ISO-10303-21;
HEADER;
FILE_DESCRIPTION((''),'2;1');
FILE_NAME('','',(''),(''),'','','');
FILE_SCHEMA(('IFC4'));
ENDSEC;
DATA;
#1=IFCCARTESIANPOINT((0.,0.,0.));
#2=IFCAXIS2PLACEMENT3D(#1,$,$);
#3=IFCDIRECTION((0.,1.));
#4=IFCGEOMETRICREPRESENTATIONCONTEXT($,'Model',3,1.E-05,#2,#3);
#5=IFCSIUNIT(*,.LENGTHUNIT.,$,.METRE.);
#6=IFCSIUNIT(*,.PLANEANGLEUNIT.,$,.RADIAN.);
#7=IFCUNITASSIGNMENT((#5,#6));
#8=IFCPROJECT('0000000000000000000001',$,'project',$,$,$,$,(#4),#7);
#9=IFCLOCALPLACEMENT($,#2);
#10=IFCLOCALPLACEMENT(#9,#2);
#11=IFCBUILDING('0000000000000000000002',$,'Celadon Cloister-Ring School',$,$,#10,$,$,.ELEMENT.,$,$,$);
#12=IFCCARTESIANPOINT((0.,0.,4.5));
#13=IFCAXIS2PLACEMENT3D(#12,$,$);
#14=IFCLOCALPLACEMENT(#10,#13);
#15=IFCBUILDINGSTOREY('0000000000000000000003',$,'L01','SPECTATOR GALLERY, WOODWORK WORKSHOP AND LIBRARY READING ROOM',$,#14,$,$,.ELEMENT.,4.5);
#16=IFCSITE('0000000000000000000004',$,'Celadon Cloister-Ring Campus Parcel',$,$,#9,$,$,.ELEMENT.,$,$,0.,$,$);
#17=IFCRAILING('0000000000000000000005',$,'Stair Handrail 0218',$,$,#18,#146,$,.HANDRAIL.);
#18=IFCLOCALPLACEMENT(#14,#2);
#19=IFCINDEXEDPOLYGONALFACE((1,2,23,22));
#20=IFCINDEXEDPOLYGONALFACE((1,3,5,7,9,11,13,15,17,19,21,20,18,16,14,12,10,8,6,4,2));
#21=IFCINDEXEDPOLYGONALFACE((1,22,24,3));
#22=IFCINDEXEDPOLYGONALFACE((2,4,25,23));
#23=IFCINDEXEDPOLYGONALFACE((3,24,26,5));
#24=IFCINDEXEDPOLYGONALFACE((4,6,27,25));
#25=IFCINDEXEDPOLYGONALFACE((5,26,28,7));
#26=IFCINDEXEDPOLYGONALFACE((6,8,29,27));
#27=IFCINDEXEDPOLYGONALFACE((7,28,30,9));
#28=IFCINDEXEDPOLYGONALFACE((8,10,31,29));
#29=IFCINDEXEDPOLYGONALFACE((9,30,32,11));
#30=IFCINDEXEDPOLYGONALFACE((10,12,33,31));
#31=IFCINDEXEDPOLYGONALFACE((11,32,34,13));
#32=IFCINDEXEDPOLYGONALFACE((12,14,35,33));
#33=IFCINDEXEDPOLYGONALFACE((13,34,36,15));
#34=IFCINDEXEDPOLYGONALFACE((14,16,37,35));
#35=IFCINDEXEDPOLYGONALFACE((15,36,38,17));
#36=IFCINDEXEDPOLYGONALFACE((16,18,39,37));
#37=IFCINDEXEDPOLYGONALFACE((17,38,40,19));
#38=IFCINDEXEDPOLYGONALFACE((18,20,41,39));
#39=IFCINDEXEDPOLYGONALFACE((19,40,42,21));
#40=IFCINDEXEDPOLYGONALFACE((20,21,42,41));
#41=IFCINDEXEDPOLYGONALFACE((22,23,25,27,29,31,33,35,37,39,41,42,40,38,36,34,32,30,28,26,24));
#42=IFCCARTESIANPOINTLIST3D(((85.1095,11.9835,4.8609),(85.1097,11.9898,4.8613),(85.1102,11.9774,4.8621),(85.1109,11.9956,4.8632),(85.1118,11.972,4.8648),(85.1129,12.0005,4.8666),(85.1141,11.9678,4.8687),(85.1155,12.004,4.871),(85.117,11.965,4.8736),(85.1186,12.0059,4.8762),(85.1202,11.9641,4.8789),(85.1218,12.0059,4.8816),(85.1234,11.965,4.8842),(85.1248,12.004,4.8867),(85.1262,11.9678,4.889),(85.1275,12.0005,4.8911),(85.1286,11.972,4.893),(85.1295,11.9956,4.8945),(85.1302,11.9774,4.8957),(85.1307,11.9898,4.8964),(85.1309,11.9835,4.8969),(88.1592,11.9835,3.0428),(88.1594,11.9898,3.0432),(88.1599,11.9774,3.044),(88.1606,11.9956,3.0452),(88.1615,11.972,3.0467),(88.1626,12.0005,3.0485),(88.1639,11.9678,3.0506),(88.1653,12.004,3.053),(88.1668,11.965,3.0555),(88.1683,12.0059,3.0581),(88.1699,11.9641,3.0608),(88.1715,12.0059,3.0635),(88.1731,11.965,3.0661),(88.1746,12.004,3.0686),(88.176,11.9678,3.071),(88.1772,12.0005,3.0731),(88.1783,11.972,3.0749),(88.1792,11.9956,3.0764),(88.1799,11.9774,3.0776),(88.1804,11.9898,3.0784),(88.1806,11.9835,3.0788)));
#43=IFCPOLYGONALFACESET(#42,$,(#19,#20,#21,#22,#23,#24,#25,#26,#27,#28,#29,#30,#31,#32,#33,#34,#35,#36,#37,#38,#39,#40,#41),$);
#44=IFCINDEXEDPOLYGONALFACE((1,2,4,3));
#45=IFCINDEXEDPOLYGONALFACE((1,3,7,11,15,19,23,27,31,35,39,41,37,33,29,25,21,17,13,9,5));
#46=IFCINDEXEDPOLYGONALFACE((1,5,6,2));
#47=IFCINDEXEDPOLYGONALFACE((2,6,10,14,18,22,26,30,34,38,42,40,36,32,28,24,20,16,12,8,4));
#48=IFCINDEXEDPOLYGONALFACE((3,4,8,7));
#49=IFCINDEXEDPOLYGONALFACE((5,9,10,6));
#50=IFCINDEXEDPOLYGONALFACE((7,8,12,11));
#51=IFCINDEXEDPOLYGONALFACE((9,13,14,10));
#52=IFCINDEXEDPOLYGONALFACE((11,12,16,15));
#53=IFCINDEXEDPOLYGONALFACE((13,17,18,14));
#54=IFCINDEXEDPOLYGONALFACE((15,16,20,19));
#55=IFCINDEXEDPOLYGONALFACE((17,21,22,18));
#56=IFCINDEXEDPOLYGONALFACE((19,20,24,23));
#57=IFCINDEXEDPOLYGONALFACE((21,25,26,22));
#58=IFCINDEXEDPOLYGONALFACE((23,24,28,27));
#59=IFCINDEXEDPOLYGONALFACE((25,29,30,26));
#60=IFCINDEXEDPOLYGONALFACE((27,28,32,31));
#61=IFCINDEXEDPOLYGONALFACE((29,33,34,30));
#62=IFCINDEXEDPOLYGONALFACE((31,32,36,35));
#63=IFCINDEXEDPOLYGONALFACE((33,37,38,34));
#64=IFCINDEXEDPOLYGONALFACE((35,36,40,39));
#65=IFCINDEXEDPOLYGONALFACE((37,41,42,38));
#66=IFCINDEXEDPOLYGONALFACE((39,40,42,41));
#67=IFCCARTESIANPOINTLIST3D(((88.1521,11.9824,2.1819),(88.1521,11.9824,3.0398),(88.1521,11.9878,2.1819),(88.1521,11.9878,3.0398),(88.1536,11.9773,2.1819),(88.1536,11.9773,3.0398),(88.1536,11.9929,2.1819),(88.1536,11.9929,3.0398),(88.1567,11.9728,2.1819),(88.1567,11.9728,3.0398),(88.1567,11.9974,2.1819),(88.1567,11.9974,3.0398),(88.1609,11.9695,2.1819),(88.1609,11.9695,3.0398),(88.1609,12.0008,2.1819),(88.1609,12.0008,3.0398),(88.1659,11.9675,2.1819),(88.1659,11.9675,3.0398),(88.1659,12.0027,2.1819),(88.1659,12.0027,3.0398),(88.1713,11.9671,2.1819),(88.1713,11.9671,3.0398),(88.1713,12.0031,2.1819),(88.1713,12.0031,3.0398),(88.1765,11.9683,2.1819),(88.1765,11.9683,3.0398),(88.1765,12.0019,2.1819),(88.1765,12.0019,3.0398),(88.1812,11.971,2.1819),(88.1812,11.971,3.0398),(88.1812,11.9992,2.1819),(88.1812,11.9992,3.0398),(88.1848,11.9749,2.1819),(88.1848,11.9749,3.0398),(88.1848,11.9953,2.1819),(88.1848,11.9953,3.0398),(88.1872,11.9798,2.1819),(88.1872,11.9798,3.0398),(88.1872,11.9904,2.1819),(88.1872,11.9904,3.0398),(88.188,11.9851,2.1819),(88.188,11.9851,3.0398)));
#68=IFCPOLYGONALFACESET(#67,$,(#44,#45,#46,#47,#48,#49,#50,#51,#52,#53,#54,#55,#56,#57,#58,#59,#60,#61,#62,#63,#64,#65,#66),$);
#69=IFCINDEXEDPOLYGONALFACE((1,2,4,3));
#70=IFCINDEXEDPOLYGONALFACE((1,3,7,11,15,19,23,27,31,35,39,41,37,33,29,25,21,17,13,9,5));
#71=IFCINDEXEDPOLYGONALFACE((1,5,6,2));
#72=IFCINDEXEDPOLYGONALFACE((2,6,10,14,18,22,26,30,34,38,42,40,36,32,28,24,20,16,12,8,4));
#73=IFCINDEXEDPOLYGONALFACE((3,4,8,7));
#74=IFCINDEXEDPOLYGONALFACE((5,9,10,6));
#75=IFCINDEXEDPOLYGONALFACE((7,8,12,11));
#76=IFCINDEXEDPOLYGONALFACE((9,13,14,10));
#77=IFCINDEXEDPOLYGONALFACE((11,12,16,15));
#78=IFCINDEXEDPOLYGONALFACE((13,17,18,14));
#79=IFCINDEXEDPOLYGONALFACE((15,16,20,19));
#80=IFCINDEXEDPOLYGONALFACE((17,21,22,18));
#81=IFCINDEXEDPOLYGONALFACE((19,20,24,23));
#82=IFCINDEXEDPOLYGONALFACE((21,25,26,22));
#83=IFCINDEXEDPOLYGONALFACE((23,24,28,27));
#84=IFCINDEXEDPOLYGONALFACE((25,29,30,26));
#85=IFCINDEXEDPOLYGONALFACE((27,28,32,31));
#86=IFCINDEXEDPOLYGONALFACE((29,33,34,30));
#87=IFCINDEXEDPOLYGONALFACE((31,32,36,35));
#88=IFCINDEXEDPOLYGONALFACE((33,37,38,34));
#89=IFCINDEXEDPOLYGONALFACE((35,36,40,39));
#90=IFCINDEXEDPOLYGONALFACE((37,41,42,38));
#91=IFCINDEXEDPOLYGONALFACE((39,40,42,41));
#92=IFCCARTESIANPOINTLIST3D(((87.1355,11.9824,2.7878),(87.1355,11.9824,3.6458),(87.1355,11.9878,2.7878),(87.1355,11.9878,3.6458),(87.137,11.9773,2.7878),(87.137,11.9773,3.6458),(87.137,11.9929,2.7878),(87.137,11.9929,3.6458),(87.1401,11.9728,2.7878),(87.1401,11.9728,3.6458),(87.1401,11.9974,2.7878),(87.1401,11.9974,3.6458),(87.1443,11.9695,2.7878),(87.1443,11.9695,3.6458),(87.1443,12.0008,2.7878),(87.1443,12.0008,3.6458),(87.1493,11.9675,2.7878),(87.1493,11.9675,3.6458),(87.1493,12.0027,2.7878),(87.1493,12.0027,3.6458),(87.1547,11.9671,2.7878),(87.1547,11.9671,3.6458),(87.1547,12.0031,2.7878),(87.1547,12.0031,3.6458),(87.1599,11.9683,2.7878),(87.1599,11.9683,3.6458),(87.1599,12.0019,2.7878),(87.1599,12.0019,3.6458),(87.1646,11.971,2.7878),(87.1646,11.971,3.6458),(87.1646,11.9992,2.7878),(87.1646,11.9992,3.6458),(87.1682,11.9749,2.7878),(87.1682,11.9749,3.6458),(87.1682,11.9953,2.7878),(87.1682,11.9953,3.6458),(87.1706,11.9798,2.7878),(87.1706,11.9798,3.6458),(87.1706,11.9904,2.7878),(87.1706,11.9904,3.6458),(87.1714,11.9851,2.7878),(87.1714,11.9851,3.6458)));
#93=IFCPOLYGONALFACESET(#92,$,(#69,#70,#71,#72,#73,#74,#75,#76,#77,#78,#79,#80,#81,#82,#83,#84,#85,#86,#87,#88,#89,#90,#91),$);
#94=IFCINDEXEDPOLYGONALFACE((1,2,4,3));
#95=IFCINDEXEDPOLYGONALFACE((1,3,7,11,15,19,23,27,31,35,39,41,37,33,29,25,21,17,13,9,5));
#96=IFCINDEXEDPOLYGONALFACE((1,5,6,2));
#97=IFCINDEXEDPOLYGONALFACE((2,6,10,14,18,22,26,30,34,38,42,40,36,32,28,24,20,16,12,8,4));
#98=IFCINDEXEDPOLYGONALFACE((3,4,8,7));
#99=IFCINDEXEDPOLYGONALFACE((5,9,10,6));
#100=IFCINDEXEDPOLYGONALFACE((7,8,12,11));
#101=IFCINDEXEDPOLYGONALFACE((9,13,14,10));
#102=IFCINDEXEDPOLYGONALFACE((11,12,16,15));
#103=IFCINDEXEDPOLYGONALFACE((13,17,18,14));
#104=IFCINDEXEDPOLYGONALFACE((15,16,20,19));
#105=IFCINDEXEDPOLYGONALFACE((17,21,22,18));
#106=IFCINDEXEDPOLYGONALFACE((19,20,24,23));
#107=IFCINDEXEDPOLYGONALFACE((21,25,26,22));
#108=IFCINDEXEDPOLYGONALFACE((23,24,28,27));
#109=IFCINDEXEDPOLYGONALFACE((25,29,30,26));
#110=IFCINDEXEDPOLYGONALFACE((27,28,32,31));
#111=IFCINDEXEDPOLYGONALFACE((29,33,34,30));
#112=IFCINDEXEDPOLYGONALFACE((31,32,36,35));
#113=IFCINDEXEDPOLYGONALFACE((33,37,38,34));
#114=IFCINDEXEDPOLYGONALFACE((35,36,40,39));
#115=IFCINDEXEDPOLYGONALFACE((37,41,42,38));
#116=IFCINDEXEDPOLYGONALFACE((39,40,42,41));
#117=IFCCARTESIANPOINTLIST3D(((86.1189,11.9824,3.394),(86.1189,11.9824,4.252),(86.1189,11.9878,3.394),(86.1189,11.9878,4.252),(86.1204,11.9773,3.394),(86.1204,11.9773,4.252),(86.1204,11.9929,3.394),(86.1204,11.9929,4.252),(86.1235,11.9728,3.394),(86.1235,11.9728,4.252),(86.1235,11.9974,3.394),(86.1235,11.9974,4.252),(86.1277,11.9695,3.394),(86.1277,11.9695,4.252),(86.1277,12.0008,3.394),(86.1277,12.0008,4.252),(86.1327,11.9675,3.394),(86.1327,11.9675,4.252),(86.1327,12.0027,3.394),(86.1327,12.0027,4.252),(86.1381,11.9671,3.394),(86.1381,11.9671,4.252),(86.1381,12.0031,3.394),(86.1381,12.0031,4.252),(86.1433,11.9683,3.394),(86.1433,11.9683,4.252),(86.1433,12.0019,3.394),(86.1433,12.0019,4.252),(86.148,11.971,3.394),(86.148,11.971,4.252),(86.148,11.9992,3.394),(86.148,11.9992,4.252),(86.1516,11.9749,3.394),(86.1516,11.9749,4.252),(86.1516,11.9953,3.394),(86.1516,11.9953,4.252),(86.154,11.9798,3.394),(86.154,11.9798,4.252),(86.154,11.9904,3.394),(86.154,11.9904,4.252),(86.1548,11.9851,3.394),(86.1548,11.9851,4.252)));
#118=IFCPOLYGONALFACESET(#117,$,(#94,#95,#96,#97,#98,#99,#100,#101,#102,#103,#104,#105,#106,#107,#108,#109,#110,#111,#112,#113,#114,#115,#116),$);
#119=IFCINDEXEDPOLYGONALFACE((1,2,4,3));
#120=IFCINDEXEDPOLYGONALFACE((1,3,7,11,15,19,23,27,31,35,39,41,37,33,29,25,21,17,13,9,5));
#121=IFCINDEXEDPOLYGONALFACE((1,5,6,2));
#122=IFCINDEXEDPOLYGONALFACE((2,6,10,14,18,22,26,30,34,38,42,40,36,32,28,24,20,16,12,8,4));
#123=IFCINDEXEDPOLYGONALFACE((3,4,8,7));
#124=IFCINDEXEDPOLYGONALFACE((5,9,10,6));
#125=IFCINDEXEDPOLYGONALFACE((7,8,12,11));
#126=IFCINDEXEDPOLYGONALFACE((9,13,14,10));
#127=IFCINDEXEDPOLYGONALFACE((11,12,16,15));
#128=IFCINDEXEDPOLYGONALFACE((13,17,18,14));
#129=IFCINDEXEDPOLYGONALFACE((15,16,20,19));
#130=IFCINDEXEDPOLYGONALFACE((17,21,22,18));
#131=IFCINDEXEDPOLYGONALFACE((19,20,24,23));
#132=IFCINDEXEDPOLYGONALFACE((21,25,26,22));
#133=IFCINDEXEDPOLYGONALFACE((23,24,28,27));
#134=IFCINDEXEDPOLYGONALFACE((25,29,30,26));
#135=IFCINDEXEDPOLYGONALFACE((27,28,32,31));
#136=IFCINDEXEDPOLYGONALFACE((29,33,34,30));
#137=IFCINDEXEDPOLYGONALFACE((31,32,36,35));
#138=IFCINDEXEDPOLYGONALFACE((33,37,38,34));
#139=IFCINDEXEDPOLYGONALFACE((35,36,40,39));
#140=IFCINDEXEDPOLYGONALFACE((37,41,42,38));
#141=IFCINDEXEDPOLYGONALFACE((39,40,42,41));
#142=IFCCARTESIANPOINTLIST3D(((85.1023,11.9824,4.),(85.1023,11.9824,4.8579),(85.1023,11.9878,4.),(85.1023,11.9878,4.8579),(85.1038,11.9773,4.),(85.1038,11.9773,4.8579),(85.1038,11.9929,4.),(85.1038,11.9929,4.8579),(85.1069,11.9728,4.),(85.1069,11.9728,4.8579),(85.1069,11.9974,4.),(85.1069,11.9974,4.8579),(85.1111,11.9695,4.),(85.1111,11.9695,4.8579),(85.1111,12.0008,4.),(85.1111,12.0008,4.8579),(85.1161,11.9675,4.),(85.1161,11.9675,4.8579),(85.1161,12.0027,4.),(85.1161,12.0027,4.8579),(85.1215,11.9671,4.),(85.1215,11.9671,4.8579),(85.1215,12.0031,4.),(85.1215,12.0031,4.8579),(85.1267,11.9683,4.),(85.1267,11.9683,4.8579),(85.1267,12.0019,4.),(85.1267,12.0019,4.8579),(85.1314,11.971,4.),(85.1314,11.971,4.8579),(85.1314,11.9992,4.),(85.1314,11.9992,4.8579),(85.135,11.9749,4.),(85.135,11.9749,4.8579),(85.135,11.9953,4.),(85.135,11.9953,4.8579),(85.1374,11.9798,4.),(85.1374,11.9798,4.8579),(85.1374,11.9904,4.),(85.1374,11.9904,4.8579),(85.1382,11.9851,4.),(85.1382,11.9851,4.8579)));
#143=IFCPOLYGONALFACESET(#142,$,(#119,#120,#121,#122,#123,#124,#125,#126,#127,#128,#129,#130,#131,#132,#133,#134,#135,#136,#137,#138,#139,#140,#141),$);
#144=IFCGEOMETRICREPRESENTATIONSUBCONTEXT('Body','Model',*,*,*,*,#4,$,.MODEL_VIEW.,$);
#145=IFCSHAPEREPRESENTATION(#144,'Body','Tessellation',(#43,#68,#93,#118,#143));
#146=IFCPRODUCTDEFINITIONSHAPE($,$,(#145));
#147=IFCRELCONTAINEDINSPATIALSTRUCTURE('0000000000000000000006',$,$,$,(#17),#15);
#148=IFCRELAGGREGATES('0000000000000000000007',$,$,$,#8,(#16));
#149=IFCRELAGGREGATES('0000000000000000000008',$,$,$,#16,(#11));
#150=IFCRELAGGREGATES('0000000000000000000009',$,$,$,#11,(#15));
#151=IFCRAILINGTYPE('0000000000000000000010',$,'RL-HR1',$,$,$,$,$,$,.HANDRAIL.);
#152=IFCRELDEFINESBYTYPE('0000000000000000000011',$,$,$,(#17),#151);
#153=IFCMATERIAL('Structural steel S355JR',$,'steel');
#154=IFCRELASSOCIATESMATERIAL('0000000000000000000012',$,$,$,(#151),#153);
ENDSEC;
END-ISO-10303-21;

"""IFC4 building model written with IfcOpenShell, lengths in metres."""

from ifc_helpers import new_model, si_unit, direction, frame, origin, origin_2d, place, context, subcontext, project, spatial, circle, extrude, material, type_object, element, save


model = new_model("IFC4")

# Units and contexts
model_context = context("Model", 3, precision=1e-05, world=origin(), true_north=direction((0.0, 1.0)))
body_context = subcontext(model_context, "Body", "Model", "MODEL_VIEW")
ifc_project = project(units=[si_unit("LENGTHUNIT", "METRE"), si_unit("PLANEANGLEUNIT", "RADIAN")], contexts=[model_context])

# Site, building, storey
site_placement = place(None, origin())
site = spatial("IfcSite", under=ifc_project, at=site_placement, Name="Celadon Cloister-Ring Campus Parcel", CompositionType="ELEMENT", RefElevation=0.0)
building_placement = place(site_placement, origin())
building = spatial("IfcBuilding", under=site, at=building_placement, Name="Celadon Cloister-Ring School", CompositionType="ELEMENT")
storey_placement = place(building_placement, frame((0.0, 0.0, 4.5)))
storey = spatial("IfcBuildingStorey", under=building, at=storey_placement, Name="L01", Description="SPECTATOR GALLERY, WOODWORK WORKSHOP AND LIBRARY READING ROOM", CompositionType="ELEMENT", Elevation=4.5)

# Railing
ifc_material_1 = material(Name="Structural steel S355JR", Category="steel")
railing_type_1 = type_object("IfcRailingType", Name="RL-HR1", PredefinedType="HANDRAIL", material=ifc_material_1)
for number, where, name in (
    (1, (88.1699, 11.9851, 2.1819), "Stair Handrail 0218"),
):
    element("IfcRailing", number, at=place(storey_placement, frame(where)), inside=storey, type_object=railing_type_1, Name=name, PredefinedType="HANDRAIL", context=body_context, shape_type="SweptSolid", body=[
        extrude(circle(Radius=0.021, at=origin_2d()), frame((0.0, 0.0, 0.8789), z_axis=(-0.858952, 0.0, 0.512057), x_axis=(0.0, -1.0, 0.0)), (0.0, 0.0, 1.0), 3.5505),
        extrude(circle(Radius=0.0181, at=origin_2d()), origin(), (0.0, 0.0, 1.0), 0.8579),
        extrude(circle(Radius=0.0181, at=origin_2d()), frame((-1.0166, 0.0, 0.606)), (0.0, 0.0, 1.0), 0.8579),
        extrude(circle(Radius=0.0181, at=origin_2d()), frame((-2.0332, 0.0, 1.2122)), (0.0, 0.0, 1.0), 0.8579),
        extrude(circle(Radius=0.0181, at=origin_2d()), frame((-3.0498, 0.0, 1.8181)), (0.0, 0.0, 1.0), 0.8579),
    ])

save(model, "model.ifc")
